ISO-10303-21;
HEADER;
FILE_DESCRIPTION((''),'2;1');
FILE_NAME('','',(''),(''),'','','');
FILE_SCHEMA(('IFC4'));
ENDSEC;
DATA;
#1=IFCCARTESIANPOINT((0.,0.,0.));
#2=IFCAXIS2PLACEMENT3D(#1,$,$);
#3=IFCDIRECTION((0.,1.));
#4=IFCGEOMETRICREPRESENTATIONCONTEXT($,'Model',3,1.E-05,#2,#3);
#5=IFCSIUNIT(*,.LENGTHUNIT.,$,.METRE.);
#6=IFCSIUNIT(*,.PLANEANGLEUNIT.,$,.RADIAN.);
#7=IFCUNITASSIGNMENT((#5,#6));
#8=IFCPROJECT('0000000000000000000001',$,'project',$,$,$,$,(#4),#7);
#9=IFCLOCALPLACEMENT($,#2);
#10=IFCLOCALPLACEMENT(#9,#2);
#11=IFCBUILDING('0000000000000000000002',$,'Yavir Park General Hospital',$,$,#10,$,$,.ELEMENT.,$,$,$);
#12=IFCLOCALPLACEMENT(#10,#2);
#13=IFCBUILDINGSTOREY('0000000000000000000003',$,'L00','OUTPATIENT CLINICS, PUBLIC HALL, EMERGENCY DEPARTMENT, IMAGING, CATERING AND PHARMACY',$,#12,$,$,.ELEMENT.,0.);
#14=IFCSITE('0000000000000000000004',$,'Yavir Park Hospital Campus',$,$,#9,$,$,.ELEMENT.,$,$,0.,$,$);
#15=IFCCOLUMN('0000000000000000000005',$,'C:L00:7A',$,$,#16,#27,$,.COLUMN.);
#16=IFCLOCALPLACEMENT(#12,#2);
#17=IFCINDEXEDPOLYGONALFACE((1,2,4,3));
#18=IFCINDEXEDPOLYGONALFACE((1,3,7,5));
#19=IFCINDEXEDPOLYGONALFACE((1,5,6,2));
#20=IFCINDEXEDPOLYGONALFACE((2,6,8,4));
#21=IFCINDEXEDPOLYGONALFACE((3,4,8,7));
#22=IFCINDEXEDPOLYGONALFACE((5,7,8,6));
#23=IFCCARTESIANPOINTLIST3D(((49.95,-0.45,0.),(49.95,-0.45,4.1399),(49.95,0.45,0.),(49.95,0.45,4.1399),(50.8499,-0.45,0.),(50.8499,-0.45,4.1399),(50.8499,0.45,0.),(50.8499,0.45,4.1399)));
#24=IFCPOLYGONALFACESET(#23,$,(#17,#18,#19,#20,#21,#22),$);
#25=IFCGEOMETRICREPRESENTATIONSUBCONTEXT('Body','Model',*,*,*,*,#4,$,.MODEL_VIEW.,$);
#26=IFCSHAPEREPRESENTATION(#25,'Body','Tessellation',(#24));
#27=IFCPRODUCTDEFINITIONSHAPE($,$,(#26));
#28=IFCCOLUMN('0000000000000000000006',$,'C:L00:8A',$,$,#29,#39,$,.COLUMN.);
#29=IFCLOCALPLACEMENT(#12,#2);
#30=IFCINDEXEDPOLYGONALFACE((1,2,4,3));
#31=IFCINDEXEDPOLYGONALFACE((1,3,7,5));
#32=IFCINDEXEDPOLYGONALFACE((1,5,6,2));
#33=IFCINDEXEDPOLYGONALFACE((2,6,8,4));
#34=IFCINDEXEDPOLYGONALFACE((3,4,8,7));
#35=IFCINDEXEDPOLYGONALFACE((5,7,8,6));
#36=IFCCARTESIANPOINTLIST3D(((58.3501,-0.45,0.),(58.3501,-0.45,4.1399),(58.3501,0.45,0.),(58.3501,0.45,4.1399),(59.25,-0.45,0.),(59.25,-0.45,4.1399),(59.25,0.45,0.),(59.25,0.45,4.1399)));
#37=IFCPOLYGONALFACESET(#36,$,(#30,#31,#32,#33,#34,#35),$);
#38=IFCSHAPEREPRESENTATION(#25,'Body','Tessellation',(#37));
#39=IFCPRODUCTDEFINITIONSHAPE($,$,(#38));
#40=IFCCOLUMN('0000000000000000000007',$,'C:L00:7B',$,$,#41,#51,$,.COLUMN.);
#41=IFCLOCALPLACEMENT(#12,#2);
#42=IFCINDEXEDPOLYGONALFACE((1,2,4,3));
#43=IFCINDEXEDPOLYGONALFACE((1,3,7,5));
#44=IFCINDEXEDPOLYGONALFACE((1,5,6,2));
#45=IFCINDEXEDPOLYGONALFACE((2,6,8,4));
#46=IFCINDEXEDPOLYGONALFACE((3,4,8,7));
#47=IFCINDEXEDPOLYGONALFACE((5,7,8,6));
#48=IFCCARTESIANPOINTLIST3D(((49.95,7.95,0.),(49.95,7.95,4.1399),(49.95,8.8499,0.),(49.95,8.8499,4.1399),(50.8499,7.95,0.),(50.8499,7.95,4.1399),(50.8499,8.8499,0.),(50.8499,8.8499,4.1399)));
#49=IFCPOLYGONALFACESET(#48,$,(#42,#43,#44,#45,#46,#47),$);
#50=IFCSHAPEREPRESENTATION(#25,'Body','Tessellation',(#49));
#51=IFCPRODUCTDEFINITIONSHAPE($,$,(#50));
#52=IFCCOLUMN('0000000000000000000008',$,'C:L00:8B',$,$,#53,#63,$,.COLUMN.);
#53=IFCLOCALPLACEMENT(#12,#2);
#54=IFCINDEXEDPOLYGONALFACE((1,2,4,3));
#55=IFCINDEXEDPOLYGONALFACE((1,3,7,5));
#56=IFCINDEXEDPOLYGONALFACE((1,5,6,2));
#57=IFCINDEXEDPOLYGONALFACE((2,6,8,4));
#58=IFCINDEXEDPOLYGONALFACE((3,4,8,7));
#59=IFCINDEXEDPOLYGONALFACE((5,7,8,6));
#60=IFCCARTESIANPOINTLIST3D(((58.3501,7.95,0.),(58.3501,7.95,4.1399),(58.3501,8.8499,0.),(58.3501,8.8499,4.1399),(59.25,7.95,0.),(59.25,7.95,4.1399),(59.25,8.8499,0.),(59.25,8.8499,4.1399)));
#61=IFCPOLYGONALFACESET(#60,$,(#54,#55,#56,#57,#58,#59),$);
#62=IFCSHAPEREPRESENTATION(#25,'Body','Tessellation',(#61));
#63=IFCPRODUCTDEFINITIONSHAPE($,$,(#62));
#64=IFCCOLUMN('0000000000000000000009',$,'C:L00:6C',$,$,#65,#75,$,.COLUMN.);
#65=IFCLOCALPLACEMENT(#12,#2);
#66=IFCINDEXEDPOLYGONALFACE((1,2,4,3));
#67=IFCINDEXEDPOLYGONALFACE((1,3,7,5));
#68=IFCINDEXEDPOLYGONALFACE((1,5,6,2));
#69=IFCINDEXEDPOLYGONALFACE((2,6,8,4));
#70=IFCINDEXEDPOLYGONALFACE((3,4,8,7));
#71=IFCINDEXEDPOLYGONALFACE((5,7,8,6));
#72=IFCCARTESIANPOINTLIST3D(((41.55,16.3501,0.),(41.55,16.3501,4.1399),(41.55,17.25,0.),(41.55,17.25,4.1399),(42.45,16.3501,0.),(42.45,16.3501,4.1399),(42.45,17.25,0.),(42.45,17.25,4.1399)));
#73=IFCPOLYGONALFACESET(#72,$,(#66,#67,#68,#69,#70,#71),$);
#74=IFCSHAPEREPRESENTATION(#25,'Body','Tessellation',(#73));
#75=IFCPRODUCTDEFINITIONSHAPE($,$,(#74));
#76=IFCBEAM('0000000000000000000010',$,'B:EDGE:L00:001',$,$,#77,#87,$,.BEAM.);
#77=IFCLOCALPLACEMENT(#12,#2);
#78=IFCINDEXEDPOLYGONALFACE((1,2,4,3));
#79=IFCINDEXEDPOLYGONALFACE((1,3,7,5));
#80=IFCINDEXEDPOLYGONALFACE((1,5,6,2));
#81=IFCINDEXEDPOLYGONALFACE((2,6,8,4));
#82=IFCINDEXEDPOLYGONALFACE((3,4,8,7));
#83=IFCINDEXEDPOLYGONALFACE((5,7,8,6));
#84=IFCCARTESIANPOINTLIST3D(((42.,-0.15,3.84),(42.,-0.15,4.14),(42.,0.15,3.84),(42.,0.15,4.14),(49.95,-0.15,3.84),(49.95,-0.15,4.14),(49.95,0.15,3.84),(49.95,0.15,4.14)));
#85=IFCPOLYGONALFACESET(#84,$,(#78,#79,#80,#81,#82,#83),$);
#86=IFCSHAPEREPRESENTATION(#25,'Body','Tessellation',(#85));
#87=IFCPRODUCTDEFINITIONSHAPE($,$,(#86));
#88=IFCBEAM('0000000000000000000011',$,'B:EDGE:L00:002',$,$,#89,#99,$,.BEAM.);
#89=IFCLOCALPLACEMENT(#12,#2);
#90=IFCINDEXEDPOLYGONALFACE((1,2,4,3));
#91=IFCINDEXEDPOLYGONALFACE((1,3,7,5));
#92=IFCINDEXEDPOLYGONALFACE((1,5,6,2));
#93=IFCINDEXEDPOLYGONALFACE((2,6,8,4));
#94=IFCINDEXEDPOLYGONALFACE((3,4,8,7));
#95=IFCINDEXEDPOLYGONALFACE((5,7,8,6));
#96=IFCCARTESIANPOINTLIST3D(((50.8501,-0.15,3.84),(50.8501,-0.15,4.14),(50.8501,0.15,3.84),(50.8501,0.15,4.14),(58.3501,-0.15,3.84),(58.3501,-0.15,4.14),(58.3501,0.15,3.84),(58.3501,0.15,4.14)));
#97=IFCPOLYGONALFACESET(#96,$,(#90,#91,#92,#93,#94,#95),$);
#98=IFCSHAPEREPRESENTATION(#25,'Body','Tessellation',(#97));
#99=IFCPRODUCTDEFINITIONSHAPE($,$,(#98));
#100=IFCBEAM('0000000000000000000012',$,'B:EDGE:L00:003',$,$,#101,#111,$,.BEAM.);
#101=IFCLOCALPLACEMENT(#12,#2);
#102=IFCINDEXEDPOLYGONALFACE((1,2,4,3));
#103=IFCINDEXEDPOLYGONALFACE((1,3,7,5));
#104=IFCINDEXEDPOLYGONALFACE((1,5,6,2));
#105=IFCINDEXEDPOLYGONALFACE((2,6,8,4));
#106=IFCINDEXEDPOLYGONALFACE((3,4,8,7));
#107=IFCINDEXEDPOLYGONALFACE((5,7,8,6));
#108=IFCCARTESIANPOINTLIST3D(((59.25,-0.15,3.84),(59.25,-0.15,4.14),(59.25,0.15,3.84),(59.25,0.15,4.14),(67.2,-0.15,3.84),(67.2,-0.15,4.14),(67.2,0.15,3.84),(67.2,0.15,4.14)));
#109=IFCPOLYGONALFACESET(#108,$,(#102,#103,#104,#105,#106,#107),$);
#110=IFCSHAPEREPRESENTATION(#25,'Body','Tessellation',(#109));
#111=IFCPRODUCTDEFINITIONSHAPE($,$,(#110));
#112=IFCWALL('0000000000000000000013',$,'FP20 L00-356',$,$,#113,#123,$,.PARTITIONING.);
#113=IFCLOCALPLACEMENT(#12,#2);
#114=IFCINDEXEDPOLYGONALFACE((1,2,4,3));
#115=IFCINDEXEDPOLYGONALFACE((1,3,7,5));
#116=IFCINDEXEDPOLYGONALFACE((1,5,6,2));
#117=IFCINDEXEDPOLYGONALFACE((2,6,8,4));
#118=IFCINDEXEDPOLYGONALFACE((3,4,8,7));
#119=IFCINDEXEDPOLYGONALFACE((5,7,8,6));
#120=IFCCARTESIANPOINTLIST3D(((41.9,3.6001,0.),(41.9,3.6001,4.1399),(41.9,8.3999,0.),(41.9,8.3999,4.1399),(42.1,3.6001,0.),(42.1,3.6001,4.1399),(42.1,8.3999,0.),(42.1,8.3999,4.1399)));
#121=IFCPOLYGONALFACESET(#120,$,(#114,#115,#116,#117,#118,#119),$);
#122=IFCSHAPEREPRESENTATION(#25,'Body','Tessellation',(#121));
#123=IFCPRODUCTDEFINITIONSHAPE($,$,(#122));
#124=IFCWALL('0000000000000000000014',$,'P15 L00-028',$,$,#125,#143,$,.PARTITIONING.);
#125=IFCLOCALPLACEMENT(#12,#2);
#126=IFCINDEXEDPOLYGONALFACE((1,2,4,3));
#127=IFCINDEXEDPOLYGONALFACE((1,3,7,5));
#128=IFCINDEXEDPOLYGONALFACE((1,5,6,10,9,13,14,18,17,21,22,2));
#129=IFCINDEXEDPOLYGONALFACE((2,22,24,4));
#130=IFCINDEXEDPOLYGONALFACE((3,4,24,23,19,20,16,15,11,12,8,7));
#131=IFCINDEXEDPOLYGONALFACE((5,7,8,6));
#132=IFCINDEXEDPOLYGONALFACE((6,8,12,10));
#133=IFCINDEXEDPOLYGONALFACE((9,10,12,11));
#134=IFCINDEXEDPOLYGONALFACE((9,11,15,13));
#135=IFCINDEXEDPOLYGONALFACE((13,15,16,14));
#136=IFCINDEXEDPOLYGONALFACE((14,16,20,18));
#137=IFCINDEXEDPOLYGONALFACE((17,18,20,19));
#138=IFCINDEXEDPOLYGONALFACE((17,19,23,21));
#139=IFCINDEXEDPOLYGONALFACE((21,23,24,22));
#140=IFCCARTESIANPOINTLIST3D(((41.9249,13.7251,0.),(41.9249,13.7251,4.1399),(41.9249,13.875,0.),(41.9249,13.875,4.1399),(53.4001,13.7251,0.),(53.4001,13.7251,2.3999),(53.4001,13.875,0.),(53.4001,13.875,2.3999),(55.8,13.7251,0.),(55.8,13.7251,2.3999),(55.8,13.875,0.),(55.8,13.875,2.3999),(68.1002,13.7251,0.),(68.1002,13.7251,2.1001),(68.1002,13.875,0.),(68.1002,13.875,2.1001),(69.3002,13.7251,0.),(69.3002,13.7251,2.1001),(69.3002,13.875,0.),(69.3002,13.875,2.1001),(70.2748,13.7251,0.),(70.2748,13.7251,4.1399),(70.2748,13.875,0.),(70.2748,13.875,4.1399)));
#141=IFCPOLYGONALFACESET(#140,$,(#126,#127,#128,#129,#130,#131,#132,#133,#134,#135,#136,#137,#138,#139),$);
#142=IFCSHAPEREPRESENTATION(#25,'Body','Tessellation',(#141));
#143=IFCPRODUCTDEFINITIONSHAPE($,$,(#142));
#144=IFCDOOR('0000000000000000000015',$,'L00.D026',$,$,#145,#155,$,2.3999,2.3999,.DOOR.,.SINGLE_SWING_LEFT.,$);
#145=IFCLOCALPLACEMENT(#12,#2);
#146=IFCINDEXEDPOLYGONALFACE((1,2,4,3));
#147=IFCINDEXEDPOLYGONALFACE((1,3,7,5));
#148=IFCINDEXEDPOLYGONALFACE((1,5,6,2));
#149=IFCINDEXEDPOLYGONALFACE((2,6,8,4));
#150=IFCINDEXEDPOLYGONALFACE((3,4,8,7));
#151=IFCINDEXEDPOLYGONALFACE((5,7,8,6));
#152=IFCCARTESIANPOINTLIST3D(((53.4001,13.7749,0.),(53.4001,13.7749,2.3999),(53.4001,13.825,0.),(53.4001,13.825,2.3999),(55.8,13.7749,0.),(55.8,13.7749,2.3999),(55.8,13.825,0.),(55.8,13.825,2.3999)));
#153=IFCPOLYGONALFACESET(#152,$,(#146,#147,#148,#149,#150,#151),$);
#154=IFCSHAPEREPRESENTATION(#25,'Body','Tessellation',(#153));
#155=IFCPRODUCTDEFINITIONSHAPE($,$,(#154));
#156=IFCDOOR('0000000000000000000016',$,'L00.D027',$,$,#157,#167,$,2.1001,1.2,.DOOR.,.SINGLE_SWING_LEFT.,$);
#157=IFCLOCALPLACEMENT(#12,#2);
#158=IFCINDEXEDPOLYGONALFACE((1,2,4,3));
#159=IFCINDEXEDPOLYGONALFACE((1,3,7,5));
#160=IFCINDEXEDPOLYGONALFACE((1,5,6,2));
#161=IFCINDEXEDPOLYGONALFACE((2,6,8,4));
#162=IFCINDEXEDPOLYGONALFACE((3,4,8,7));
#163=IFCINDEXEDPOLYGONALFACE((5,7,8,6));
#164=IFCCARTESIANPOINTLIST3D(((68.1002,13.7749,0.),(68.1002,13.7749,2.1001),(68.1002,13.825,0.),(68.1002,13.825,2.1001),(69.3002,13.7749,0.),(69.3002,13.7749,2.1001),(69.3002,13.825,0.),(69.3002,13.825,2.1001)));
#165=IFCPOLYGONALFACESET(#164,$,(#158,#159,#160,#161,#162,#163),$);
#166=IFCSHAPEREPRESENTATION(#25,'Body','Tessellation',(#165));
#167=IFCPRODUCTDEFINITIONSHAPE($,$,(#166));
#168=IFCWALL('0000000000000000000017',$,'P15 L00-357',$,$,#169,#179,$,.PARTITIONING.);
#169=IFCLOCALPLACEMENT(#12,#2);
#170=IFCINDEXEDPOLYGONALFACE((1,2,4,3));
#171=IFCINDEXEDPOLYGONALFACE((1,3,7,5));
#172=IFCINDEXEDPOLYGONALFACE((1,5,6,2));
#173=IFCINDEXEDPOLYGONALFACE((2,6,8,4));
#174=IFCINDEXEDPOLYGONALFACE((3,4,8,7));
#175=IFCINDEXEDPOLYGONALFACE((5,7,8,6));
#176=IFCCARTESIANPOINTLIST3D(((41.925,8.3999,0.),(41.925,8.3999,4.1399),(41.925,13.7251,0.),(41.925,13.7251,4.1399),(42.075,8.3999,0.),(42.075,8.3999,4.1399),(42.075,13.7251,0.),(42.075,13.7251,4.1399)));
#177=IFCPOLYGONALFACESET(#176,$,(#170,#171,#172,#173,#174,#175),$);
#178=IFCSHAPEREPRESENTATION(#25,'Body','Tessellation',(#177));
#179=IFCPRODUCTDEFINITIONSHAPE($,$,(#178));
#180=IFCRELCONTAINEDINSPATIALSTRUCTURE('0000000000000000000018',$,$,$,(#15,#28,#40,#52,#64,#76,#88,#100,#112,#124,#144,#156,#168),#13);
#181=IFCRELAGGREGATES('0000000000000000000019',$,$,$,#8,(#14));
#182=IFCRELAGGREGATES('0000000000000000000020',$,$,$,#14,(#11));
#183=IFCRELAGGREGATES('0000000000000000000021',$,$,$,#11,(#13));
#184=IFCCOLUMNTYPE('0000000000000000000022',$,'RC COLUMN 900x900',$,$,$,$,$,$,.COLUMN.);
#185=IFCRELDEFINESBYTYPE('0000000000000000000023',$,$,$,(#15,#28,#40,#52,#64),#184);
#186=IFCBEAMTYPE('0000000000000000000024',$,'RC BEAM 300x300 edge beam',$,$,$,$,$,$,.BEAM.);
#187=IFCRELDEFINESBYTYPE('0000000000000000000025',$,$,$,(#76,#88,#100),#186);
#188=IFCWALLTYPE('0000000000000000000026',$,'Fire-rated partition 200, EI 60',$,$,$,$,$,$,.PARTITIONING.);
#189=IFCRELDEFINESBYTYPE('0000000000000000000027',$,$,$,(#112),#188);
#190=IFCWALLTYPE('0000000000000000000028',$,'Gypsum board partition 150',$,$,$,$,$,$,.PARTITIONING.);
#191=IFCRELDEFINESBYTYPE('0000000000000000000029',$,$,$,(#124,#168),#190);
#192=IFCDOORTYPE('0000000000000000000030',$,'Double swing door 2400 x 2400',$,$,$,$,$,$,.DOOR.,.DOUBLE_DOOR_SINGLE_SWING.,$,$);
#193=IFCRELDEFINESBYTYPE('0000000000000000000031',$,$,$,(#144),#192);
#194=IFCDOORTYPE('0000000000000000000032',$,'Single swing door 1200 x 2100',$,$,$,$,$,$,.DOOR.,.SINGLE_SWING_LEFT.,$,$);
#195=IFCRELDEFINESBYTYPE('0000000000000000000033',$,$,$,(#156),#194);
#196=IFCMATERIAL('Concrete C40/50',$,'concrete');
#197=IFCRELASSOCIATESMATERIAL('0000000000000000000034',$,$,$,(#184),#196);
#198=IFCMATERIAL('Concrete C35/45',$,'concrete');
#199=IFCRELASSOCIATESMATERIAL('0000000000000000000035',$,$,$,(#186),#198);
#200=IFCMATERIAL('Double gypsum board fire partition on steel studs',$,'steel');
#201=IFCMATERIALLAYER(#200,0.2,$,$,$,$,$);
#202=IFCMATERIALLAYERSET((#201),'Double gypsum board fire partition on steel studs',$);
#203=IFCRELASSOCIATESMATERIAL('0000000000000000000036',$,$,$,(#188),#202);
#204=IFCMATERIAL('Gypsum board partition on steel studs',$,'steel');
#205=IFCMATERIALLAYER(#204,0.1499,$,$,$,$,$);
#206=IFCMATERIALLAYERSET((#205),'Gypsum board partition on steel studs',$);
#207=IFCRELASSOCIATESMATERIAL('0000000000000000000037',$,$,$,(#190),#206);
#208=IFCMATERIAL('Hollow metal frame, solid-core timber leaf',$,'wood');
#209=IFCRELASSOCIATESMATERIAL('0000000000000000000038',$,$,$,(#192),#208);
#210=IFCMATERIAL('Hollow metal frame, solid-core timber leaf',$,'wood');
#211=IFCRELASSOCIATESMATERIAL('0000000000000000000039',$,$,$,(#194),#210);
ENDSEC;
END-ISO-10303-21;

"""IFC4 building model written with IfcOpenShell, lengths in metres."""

from ifc_helpers import new_model, si_unit, direction, frame, frame_2d, origin, origin_2d, place, context, subcontext, project, spatial, rectangle, extrude, material, layer, layer_set, material_profile, profile_set, type_object, element, fill, save


model = new_model("IFC4")

# Units and contexts
model_context = context("Model", 3, precision=1e-05, world=origin(), true_north=direction((0.0, 1.0)))
body_context = subcontext(model_context, "Body", "Model", "MODEL_VIEW")
ifc_project = project(units=[si_unit("LENGTHUNIT", "METRE"), si_unit("PLANEANGLEUNIT", "RADIAN")], contexts=[model_context])

# Site, building, storey
site_placement = place(None, origin())
site = spatial("IfcSite", under=ifc_project, at=site_placement, Name="Yavir Park Hospital Campus", CompositionType="ELEMENT", RefElevation=0.0)
building_placement = place(site_placement, origin())
building = spatial("IfcBuilding", under=site, at=building_placement, Name="Yavir Park General Hospital", CompositionType="ELEMENT")
storey_placement = place(building_placement, origin())
storey = spatial("IfcBuildingStorey", under=building, at=storey_placement, Name="L00", Description="OUTPATIENT CLINICS, PUBLIC HALL, EMERGENCY DEPARTMENT, IMAGING, CATERING AND PHARMACY", CompositionType="ELEMENT", Elevation=0.0)

# Columns
ifc_material_1 = material(Name="Concrete C40/50", Category="concrete")
ifc_material_profile_1 = material_profile(ifc_material_1, rectangle(XDim=0.8999, YDim=0.8999, at=origin_2d()), Name="RC900x900")
ifc_profile_set_1 = profile_set([ifc_material_profile_1], Name="Concrete C40/50")
column_type = type_object("IfcColumnType", Name="RC COLUMN 900x900", PredefinedType="COLUMN", material=ifc_profile_set_1)
for number, where, z_axis, x_axis, name in (
    (1, (50.3999, 0.0, 0.0), (0.0, 0.0, 1.0), (1.0, 0.0, 0.0), "C:L00:7A"),
    (2, (58.8, 0.0, 0.0), (0.0, 0.0, 1.0), (1.0, 0.0, 0.0), "C:L00:8A"),
    (3, (50.3999, 8.3999, 0.0), (0.0, 0.0, 1.0), (1.0, 0.0, 0.0), "C:L00:7B"),
    (4, (58.8, 8.3999, 0.0), (0.0, 0.0, 1.0), (1.0, 0.0, 0.0), "C:L00:8B"),
    (5, (42.0, 16.8, 0.0), (0.0, 0.0, 1.0), (1.0, 0.0, 0.0), "C:L00:6C"),
):
    element("IfcColumn", number, at=place(storey_placement, frame(where, z_axis=z_axis, x_axis=x_axis)), inside=storey, type_object=column_type, Name=name, PredefinedType="COLUMN", context=body_context, shape_type="SweptSolid", body=[
        extrude(rectangle(XDim=0.8999, YDim=0.8999, at=origin_2d()), origin(), (0.0, 0.0, 1.0), 4.1399),
    ])

# Beams
ifc_material_2 = material(Name="Concrete C35/45", Category="concrete")
ifc_material_profile_2 = material_profile(ifc_material_2, rectangle(XDim=0.3, YDim=0.3, at=origin_2d()), Name="RC300x300")
ifc_profile_set_2 = profile_set([ifc_material_profile_2], Name="Concrete C35/45")
beam_type = type_object("IfcBeamType", Name="RC BEAM 300x300 edge beam", PredefinedType="BEAM", material=ifc_profile_set_2)
beam_1_placement = place(storey_placement, frame((42.0, 0.0, 3.99), z_axis=(1.0, 0.0, 0.0), x_axis=(0.0, 1.0, 0.0)))
element("IfcBeam", 6, at=beam_1_placement, inside=storey, type_object=beam_type, Name="B:EDGE:L00:001", PredefinedType="BEAM", context=body_context, shape_type="SweptSolid", body=[
    extrude(rectangle(XDim=0.3, YDim=0.3, at=origin_2d()), origin(), (0.0, 0.0, 1.0), 7.95),
])
beam_2_placement = place(storey_placement, frame((50.8501, 0.0, 3.99), z_axis=(1.0, 0.0, 0.0), x_axis=(0.0, 1.0, 0.0)))
element("IfcBeam", 7, at=beam_2_placement, inside=storey, type_object=beam_type, Name="B:EDGE:L00:002", PredefinedType="BEAM", context=body_context, shape_type="SweptSolid", body=[
    extrude(rectangle(XDim=0.3, YDim=0.3, at=origin_2d()), origin(), (0.0, 0.0, 1.0), 7.5),
])
beam_3_placement = place(storey_placement, frame((59.25, 0.0, 3.99), z_axis=(1.0, 0.0, 0.0), x_axis=(0.0, 1.0, 0.0)))
element("IfcBeam", 8, at=beam_3_placement, inside=storey, type_object=beam_type, Name="B:EDGE:L00:003", PredefinedType="BEAM", context=body_context, shape_type="SweptSolid", body=[
    extrude(rectangle(XDim=0.3, YDim=0.3, at=origin_2d()), origin(), (0.0, 0.0, 1.0), 7.95),
])

# Wall
ifc_material_3 = material(Name="Double gypsum board fire partition on steel studs", Category="steel")
ifc_layer_1 = layer(ifc_material_3, 0.2)
ifc_layer_set_1 = layer_set([ifc_layer_1], Name="Double gypsum board fire partition on steel studs")
wall_type_1 = type_object("IfcWallType", Name="Fire-rated partition 200, EI 60", PredefinedType="PARTITIONING", material=ifc_layer_set_1)
wall_1_placement = place(storey_placement, frame((42.0, 3.6001, 0.0), z_axis=(0.0, 0.0, 1.0), x_axis=(0.0, 1.0, 0.0)))
element("IfcWall", 9, at=wall_1_placement, inside=storey, type_object=wall_type_1, Name="FP20 L00-356", PredefinedType="PARTITIONING", context=body_context, shape_type="SweptSolid", body=[
    extrude(rectangle(XDim=4.7998, YDim=0.2, at=frame_2d((2.3999, 0.0))), origin(), (0.0, 0.0, 1.0), 4.1399),
])

# Wall, openings, doors
ifc_material_4 = material(Name="Gypsum board partition on steel studs", Category="steel")
ifc_layer_2 = layer(ifc_material_4, 0.1499)
ifc_layer_set_2 = layer_set([ifc_layer_2], Name="Gypsum board partition on steel studs")
wall_type_2 = type_object("IfcWallType", Name="Gypsum board partition 150", PredefinedType="PARTITIONING", material=ifc_layer_set_2)
wall_2_placement = place(storey_placement, frame((41.925, 13.8, 0.0), z_axis=(0.0, 0.0, 1.0), x_axis=(1.0, 0.0, 0.0)))
wall_2 = element("IfcWall", 10, at=wall_2_placement, inside=storey, type_object=wall_type_2, Name="P15 L00-028", PredefinedType="PARTITIONING", context=body_context, shape_type="SweptSolid", body=[
    extrude(rectangle(XDim=28.3499, YDim=0.1499, at=frame_2d((14.1748, 0.0))), origin(), (0.0, 0.0, 1.0), 4.1399),
])
opening_1_placement = place(wall_2_placement, frame((11.4751, 0.0, 0.0)))
opening_1 = element("IfcOpeningElement", 11, at=opening_1_placement, cuts=wall_2, PredefinedType="OPENING", context=body_context, shape_type="SweptSolid", body=[
    extrude(rectangle(XDim=2.3999, YDim=2.3999, at=frame_2d((1.2, 1.2))), frame((0.0, 0.085, 0.0), z_axis=(0.0, -1.0, 0.0), x_axis=(1.0, 0.0, 0.0)), (0.0, 0.0, 1.0), 0.1699),
])
opening_2_placement = place(wall_2_placement, frame((26.175, 0.0, 0.0)))
opening_2 = element("IfcOpeningElement", 12, at=opening_2_placement, cuts=wall_2, PredefinedType="OPENING", context=body_context, shape_type="SweptSolid", body=[
    extrude(rectangle(XDim=1.2, YDim=2.1001, at=frame_2d((0.6001, 1.05))), frame((0.0, 0.085, 0.0), z_axis=(0.0, -1.0, 0.0), x_axis=(1.0, 0.0, 0.0)), (0.0, 0.0, 1.0), 0.1699),
])
ifc_material_5 = material(Name="Hollow metal frame, solid-core timber leaf", Category="wood")
door_type_1 = type_object("IfcDoorType", Name="Double swing door 2400 x 2400", OperationType="DOUBLE_DOOR_SINGLE_SWING", PredefinedType="DOOR", material=ifc_material_5)
door_1_placement = place(opening_1_placement, origin())
door_1 = element("IfcDoor", 13, at=door_1_placement, inside=storey, type_object=door_type_1, Name="L00.D026", OperationType="SINGLE_SWING_LEFT", OverallHeight=2.3999, OverallWidth=2.3999, PredefinedType="DOOR", context=body_context, shape_type="SweptSolid", body=[
    extrude(rectangle(XDim=2.3999, YDim=2.3999, at=frame_2d((1.2, 1.2))), frame((0.0, 0.0249, 0.0), z_axis=(0.0, -1.0, 0.0), x_axis=(1.0, 0.0, 0.0)), (0.0, 0.0, 1.0), 0.05),
])
fill(opening_1, door_1)
ifc_material_6 = material(Name="Hollow metal frame, solid-core timber leaf", Category="wood")
door_type_2 = type_object("IfcDoorType", Name="Single swing door 1200 x 2100", OperationType="SINGLE_SWING_LEFT", PredefinedType="DOOR", material=ifc_material_6)
door_2_placement = place(opening_2_placement, origin())
door_2 = element("IfcDoor", 14, at=door_2_placement, inside=storey, type_object=door_type_2, Name="L00.D027", OperationType="SINGLE_SWING_LEFT", OverallHeight=2.1001, OverallWidth=1.2, PredefinedType="DOOR", context=body_context, shape_type="SweptSolid", body=[
    extrude(rectangle(XDim=1.2, YDim=2.1001, at=frame_2d((0.6001, 1.05))), frame((0.0, 0.0249, 0.0), z_axis=(0.0, -1.0, 0.0), x_axis=(1.0, 0.0, 0.0)), (0.0, 0.0, 1.0), 0.05),
])
fill(opening_2, door_2)

# Wall
wall_3_placement = place(storey_placement, frame((42.0, 8.3999, 0.0), z_axis=(0.0, 0.0, 1.0), x_axis=(0.0, 1.0, 0.0)))
element("IfcWall", 15, at=wall_3_placement, inside=storey, type_object=wall_type_2, Name="P15 L00-357", PredefinedType="PARTITIONING", context=body_context, shape_type="SweptSolid", body=[
    extrude(rectangle(XDim=5.3252, YDim=0.1499, at=frame_2d((2.6626, 0.0))), origin(), (0.0, 0.0, 1.0), 4.1399),
])

save(model, "model.ifc")
